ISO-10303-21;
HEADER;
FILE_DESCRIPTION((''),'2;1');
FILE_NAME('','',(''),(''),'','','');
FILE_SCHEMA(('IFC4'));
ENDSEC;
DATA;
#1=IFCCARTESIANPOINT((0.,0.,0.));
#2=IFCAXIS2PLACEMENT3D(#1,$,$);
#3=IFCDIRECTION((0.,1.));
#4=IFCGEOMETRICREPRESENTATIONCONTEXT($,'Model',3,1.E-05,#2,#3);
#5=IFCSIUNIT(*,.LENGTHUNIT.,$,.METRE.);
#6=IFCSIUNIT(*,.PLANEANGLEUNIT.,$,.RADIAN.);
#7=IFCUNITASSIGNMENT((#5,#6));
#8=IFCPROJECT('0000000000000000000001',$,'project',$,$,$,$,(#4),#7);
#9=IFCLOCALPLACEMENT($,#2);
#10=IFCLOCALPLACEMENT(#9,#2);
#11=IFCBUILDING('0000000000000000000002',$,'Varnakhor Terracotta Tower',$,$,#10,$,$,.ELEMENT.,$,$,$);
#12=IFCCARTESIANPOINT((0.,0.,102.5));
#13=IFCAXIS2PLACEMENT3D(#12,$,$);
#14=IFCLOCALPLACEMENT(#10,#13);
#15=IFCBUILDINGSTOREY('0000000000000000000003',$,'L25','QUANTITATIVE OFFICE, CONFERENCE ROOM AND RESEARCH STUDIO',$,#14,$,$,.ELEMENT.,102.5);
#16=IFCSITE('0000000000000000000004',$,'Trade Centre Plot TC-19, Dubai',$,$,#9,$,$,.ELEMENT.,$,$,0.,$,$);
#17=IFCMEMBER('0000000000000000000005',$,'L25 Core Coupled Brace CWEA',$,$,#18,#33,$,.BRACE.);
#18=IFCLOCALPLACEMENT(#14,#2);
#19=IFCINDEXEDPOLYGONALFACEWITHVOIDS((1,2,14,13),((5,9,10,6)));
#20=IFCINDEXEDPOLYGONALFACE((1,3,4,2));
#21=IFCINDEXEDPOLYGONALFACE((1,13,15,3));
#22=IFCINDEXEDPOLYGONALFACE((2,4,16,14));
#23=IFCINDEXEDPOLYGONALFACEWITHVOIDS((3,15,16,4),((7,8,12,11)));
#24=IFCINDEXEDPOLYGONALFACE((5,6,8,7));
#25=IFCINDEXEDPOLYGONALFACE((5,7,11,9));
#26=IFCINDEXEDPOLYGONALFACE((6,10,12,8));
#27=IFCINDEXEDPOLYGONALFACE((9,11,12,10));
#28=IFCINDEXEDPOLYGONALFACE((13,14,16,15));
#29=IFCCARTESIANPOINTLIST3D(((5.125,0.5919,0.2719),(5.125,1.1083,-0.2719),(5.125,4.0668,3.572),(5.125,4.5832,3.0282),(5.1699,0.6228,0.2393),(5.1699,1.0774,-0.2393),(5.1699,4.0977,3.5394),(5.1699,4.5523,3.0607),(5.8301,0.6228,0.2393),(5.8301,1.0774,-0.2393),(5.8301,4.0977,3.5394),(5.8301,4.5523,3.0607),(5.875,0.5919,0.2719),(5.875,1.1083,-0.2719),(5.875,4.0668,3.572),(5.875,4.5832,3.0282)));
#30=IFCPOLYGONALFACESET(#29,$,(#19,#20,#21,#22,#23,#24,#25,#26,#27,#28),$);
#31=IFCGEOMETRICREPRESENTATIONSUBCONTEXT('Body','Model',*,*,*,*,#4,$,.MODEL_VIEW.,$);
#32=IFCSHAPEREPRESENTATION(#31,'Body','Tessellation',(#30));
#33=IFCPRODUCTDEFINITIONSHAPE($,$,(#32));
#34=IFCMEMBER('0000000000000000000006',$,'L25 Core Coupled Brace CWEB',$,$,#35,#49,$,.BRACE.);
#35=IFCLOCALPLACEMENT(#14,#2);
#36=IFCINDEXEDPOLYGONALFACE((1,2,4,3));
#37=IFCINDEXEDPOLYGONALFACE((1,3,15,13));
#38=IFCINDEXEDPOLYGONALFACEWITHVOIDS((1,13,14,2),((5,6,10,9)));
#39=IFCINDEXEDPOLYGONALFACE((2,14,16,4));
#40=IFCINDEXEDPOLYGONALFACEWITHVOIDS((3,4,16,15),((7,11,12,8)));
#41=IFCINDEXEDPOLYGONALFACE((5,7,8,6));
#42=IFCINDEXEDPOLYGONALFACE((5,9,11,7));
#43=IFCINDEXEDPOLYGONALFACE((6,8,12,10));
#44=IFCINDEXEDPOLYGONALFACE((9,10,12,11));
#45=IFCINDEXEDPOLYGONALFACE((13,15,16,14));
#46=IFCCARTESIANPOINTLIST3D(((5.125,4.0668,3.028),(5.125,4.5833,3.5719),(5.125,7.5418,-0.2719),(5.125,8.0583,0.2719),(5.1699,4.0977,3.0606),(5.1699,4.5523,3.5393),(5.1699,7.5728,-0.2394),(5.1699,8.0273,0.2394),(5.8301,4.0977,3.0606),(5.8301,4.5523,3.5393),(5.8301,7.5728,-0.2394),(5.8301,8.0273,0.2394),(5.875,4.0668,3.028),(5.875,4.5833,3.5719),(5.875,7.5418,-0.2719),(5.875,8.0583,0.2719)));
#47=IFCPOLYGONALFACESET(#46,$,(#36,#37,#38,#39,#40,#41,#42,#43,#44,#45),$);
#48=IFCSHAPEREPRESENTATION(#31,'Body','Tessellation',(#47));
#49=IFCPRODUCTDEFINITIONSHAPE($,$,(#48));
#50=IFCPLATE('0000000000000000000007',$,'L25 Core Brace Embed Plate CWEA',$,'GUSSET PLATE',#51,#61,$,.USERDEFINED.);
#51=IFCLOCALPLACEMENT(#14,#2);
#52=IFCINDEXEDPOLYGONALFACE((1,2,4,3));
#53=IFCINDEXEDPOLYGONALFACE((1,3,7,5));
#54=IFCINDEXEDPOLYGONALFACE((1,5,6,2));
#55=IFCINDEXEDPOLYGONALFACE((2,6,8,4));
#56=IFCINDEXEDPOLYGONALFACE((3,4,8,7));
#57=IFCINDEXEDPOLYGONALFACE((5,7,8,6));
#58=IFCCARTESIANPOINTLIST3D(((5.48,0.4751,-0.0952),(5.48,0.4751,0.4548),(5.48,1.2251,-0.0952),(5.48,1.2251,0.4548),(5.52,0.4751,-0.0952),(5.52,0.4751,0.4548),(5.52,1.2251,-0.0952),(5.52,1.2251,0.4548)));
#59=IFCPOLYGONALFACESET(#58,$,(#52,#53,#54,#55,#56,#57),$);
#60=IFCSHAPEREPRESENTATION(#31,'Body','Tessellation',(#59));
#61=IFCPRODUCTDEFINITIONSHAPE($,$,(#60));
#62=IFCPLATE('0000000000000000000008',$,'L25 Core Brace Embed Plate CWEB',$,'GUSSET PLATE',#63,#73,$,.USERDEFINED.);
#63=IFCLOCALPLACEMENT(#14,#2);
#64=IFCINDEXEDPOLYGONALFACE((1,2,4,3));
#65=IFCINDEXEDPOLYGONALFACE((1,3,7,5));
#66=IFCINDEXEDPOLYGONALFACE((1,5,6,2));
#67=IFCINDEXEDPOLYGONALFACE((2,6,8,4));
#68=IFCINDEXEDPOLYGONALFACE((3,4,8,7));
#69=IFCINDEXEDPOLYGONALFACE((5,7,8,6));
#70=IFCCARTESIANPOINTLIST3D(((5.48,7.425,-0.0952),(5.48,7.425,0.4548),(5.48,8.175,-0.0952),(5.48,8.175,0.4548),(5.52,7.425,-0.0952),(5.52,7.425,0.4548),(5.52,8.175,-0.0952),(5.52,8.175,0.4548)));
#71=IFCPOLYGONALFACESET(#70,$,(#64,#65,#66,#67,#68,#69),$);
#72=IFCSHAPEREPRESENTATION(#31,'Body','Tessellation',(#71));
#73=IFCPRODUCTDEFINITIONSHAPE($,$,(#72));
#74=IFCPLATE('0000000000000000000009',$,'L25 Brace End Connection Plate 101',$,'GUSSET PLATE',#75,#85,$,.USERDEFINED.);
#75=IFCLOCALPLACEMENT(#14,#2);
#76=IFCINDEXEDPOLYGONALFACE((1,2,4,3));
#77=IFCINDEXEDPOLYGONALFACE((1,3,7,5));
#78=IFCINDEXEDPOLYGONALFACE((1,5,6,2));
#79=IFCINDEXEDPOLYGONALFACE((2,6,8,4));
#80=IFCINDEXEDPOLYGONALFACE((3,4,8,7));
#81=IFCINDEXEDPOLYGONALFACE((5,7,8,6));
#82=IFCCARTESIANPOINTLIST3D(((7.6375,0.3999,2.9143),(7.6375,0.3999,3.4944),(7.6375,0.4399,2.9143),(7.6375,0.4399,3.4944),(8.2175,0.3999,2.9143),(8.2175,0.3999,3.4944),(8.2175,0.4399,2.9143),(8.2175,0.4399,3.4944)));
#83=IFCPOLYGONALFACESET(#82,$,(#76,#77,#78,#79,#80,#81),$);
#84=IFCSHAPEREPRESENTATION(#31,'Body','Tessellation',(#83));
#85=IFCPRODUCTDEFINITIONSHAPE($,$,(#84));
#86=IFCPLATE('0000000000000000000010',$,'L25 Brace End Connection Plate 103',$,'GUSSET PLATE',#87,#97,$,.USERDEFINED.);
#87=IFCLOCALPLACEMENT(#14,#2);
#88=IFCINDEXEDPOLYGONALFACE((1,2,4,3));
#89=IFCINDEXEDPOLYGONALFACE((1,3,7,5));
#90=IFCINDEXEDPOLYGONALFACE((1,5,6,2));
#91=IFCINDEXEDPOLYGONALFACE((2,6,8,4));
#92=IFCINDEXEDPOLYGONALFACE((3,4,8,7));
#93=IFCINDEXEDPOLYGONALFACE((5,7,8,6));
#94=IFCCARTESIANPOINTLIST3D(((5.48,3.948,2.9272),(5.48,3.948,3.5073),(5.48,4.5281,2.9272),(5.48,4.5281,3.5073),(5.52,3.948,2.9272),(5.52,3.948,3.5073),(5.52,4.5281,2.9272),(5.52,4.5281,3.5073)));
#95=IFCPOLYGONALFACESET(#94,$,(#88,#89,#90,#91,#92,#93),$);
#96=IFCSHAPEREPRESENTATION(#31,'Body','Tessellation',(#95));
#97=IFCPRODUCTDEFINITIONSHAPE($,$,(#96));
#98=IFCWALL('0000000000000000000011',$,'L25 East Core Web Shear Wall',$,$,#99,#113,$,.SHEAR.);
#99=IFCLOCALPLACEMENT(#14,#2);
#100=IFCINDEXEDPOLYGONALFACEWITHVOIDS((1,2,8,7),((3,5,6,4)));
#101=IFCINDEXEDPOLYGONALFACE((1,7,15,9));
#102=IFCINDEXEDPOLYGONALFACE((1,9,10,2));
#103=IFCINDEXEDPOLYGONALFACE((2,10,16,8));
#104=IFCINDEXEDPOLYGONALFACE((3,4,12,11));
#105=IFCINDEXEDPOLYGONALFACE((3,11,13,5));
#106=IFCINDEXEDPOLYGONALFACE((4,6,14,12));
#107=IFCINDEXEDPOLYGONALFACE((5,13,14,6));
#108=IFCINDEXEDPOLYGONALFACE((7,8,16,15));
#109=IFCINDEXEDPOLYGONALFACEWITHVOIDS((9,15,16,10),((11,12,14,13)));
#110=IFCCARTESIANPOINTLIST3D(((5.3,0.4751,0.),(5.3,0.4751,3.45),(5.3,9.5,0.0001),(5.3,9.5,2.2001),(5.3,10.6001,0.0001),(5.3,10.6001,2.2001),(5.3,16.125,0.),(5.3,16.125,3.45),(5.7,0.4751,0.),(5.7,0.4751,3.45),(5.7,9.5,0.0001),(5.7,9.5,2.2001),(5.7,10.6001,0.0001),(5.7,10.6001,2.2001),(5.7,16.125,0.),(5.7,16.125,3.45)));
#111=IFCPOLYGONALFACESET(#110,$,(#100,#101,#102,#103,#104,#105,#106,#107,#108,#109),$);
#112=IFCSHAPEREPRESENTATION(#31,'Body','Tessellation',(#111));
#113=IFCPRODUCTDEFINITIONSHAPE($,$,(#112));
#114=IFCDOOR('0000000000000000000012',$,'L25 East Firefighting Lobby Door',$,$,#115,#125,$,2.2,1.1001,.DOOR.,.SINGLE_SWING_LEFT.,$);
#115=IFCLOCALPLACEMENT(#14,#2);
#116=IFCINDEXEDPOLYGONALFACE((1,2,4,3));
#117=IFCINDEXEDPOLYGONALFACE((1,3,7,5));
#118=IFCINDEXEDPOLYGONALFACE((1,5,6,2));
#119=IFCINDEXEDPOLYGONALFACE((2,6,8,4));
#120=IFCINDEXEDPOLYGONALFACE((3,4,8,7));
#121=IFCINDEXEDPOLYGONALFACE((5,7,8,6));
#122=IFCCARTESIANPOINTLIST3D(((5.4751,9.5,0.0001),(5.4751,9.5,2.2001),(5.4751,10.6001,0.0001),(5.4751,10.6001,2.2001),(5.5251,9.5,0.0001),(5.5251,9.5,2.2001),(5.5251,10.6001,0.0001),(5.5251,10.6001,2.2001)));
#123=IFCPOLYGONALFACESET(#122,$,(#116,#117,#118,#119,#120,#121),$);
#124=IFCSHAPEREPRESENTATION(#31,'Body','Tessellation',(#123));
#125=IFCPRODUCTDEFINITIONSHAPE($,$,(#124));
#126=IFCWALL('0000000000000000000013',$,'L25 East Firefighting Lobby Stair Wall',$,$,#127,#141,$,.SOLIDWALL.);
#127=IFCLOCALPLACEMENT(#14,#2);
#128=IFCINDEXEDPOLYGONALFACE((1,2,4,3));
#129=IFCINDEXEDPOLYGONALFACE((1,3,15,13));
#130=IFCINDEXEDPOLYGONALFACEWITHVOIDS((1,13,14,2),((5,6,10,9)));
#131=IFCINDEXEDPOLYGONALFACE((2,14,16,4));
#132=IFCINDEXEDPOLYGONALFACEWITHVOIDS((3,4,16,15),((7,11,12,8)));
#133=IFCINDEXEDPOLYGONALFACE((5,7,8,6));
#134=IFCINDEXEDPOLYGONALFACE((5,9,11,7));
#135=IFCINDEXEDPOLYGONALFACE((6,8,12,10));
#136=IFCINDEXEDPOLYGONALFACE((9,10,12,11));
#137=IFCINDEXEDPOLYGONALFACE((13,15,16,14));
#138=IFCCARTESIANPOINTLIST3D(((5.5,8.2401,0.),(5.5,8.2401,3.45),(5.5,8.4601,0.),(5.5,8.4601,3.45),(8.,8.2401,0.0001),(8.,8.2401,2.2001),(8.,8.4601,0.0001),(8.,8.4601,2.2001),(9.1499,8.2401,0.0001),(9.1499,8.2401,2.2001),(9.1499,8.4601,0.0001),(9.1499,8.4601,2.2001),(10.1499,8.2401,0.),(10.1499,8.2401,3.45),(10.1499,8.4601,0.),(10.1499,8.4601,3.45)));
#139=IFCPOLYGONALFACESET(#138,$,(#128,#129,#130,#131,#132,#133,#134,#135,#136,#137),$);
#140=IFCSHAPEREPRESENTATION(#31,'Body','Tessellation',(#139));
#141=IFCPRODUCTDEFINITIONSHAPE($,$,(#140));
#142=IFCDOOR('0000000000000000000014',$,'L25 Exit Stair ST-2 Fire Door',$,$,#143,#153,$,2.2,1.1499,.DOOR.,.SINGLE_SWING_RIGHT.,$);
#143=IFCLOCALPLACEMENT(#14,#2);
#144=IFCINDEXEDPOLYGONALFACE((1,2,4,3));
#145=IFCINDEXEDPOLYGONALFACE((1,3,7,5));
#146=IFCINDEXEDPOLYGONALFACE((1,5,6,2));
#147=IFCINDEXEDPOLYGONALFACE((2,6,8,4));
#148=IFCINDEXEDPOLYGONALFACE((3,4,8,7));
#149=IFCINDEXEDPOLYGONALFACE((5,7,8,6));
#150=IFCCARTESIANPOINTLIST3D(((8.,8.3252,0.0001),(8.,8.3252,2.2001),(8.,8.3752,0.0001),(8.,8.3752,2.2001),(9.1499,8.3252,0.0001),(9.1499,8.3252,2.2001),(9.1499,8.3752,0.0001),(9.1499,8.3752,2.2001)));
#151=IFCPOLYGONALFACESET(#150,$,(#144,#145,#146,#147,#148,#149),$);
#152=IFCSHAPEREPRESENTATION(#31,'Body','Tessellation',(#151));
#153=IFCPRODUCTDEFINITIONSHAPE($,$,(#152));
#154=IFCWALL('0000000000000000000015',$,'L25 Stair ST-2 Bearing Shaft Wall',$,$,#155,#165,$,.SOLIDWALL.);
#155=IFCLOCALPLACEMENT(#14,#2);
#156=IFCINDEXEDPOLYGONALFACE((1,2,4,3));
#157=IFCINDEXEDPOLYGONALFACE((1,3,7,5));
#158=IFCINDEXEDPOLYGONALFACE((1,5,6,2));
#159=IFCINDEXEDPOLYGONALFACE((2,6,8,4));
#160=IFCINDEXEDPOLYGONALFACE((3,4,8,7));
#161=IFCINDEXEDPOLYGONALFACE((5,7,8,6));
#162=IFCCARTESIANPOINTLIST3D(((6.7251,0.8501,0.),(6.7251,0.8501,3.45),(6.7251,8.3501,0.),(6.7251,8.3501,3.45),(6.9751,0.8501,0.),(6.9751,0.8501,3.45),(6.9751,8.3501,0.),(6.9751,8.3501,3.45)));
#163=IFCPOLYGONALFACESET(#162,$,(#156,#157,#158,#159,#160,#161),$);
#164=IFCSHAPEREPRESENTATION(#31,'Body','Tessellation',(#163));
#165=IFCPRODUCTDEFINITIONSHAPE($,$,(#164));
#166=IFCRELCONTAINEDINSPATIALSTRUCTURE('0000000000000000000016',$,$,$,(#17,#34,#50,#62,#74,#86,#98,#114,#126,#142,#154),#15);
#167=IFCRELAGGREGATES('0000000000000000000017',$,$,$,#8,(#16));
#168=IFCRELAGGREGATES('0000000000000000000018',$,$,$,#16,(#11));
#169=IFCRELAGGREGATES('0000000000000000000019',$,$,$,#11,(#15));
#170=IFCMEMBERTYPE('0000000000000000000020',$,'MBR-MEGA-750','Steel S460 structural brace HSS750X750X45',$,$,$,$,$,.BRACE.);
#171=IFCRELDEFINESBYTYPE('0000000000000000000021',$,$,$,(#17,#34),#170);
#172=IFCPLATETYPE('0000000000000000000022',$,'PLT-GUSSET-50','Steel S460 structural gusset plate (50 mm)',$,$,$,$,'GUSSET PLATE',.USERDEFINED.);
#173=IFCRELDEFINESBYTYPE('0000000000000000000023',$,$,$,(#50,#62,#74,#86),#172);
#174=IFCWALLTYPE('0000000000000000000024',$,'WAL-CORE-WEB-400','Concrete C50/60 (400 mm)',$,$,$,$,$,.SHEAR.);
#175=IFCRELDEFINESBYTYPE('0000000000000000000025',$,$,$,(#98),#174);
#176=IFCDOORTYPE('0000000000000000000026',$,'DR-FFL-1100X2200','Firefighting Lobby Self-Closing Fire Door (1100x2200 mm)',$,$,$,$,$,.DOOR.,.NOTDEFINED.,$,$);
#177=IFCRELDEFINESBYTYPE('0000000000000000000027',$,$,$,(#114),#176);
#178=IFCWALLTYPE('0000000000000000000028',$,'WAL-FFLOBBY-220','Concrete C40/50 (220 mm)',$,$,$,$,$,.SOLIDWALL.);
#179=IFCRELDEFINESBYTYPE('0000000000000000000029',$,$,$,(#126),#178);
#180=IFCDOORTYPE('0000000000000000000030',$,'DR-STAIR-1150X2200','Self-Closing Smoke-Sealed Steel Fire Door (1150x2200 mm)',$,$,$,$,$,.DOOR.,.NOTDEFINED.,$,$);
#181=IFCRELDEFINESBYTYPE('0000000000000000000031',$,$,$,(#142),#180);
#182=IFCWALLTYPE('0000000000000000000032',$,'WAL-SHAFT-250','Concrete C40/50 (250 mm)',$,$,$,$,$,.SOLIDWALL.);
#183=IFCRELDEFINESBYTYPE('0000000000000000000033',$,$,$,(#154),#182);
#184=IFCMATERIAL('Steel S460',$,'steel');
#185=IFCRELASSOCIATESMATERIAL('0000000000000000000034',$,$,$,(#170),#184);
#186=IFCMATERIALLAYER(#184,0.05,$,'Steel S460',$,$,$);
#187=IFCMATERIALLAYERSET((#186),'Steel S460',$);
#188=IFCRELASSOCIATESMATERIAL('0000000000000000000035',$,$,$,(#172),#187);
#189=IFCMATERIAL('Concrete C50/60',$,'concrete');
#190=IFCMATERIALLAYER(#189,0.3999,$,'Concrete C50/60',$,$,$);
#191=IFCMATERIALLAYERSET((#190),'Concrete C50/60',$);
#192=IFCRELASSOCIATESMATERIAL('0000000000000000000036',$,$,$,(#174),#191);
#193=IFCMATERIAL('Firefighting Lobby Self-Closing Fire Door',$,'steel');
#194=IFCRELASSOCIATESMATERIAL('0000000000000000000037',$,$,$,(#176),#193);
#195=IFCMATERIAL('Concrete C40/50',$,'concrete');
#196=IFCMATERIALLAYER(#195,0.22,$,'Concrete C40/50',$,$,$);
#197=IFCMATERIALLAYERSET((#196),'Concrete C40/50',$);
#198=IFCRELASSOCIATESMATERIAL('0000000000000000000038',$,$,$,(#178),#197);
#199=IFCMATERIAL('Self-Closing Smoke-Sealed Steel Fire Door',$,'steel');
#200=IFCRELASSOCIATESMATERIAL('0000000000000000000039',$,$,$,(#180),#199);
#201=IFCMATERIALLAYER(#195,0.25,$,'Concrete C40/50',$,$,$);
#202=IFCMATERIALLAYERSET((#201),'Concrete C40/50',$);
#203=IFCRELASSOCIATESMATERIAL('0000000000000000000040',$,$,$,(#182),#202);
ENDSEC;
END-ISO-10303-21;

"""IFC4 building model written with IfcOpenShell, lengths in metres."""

from ifc_helpers import new_model, si_unit, direction, frame, frame_2d, origin, origin_2d, place, context, subcontext, project, spatial, rectangle, hollow_rectangle, extrude, source, transform, mapped, material, layer, layer_set, material_profile, profile_set, type_object, type_shapes, element, fill, save


model = new_model("IFC4")

# Units and contexts
model_context = context("Model", 3, precision=1e-05, world=origin(), true_north=direction((0.0, 1.0)))
body_context = subcontext(model_context, "Body", "Model", "MODEL_VIEW")
ifc_project = project(units=[si_unit("LENGTHUNIT", "METRE"), si_unit("PLANEANGLEUNIT", "RADIAN")], contexts=[model_context])

# Site, building, storey
site_placement = place(None, origin())
site = spatial("IfcSite", under=ifc_project, at=site_placement, Name="Trade Centre Plot TC-19, Dubai", CompositionType="ELEMENT", RefElevation=0.0)
building_placement = place(site_placement, origin())
building = spatial("IfcBuilding", under=site, at=building_placement, Name="Varnakhor Terracotta Tower", CompositionType="ELEMENT")
storey_placement = place(building_placement, frame((0.0, 0.0, 102.5)))
storey = spatial("IfcBuildingStorey", under=building, at=storey_placement, Name="L25", Description="QUANTITATIVE OFFICE, CONFERENCE ROOM AND RESEARCH STUDIO", CompositionType="ELEMENT", Elevation=102.5)

# Members
ifc_material_1 = material(Name="Steel S460", Category="steel")
ifc_material_profile = material_profile(ifc_material_1, hollow_rectangle(XDim=0.75, YDim=0.75, WallThickness=0.0449, at=origin_2d()), Name="HSS750X750X45")
ifc_profile_set = profile_set([ifc_material_profile], Name="Steel S460")
member_type = type_object("IfcMemberType", Name="MBR-MEGA-750", Description="Steel S460 structural brace HSS750X750X45", PredefinedType="BRACE", material=ifc_profile_set)
shared_shape_1 = source(origin(), body_context, "Body", "SweptSolid", [
    extrude(hollow_rectangle(XDim=0.75, YDim=0.75, WallThickness=0.0449, at=origin_2d()), origin(), (0.0, 0.0, 1.0), 4.7922),
])
for number, where, z_axis, x_axis, name in (
    (1, (5.5, 0.8501, 0.0), (0.0, 0.72511, 0.688633), (-1.0, 0.0, 0.0), "L25 Core Coupled Brace CWEA"),
    (2, (5.5, 7.8, 0.0), (0.0, -0.725134, 0.688608), (1.0, 0.0, 0.0), "L25 Core Coupled Brace CWEB"),
):
    element("IfcMember", number, at=place(storey_placement, frame(where, z_axis=z_axis, x_axis=x_axis)), inside=storey, type_object=member_type, Name=name, PredefinedType="BRACE", context=body_context, shape_type="MappedRepresentation", body=[
        mapped(shared_shape_1, transform((0.0, 0.0, 0.0), scale=1.0)),
    ])

# Plates
ifc_layer_1 = layer(ifc_material_1, 0.05, Name="Steel S460")
ifc_layer_set_1 = layer_set([ifc_layer_1], Name="Steel S460")
plate_type = type_object("IfcPlateType", Name="PLT-GUSSET-50", Description="Steel S460 structural gusset plate (50 mm)", ElementType="GUSSET PLATE", PredefinedType="USERDEFINED", material=ifc_layer_set_1)
shared_shape_2 = source(origin(), body_context, "Body", "SweptSolid", [
    extrude(rectangle(XDim=0.75, YDim=0.04, at=origin_2d()), origin(), (0.0, 0.0, 1.0), 0.55),
])
type_shapes(plate_type, [shared_shape_2])
for number, where, z_axis, x_axis, name in (
    (3, (5.5, 0.8501, -0.0952), (0.0, 0.0, 1.0), (0.0, 1.0, 0.0), "L25 Core Brace Embed Plate CWEA"),
    (4, (5.5, 7.8, -0.0952), (0.0, 0.0, 1.0), (0.0, 1.0, 0.0), "L25 Core Brace Embed Plate CWEB"),
):
    element("IfcPlate", number, at=place(storey_placement, frame(where, z_axis=z_axis, x_axis=x_axis)), inside=storey, type_object=plate_type, Name=name, ObjectType="GUSSET PLATE", PredefinedType="USERDEFINED", context=body_context, shape_type="MappedRepresentation", body=[
        mapped(shared_shape_2, transform((0.0, 0.0, 0.0), scale=1.0)),
    ])
shared_shape_3 = source(origin(), body_context, "Body", "SweptSolid", [
    extrude(rectangle(XDim=0.5801, YDim=0.04, at=origin_2d()), origin(), (0.0, 0.0, 1.0), 0.5801),
])
for number, where, z_axis, x_axis, name in (
    (5, (7.9275, 0.4199, 2.9143), (0.0, 0.0, 1.0), (1.0, 0.0, 0.0), "L25 Brace End Connection Plate 101"),
    (6, (5.5, 4.238, 2.9272), (0.0, 0.0, 1.0), (0.0, 1.0, 0.0), "L25 Brace End Connection Plate 103"),
):
    element("IfcPlate", number, at=place(storey_placement, frame(where, z_axis=z_axis, x_axis=x_axis)), inside=storey, type_object=plate_type, Name=name, ObjectType="GUSSET PLATE", PredefinedType="USERDEFINED", context=body_context, shape_type="MappedRepresentation", body=[
        mapped(shared_shape_3, transform((0.0, 0.0, 0.0), scale=1.0)),
    ])

# Walls, openings, doors
ifc_material_2 = material(Name="Concrete C50/60", Category="concrete")
ifc_layer_2 = layer(ifc_material_2, 0.3999, Name="Concrete C50/60")
ifc_layer_set_2 = layer_set([ifc_layer_2], Name="Concrete C50/60")
wall_type_1 = type_object("IfcWallType", Name="WAL-CORE-WEB-400", Description="Concrete C50/60 (400 mm)", PredefinedType="SHEAR", material=ifc_layer_set_2)
wall_1_placement = place(storey_placement, frame((5.5, 0.4751, 0.0), z_axis=(0.0, 0.0, 1.0), x_axis=(0.0, 1.0, 0.0)))
wall_1 = element("IfcWall", 7, at=wall_1_placement, inside=storey, type_object=wall_type_1, Name="L25 East Core Web Shear Wall", PredefinedType="SHEAR", context=body_context, shape_type="SweptSolid", body=[
    extrude(rectangle(XDim=15.6499, YDim=0.3999, at=frame_2d((7.825, 0.0))), origin(), (0.0, 0.0, 1.0), 3.45),
])
opening_1_placement = place(wall_1_placement, frame((9.0249, 0.0, 0.0)))
opening_1 = element("IfcOpeningElement", 8, at=opening_1_placement, cuts=wall_1, PredefinedType="OPENING", context=body_context, shape_type="SweptSolid", body=[
    extrude(rectangle(XDim=1.1001, YDim=2.2, at=frame_2d((0.55, 1.1001))), frame((0.0, 0.21, 0.0), z_axis=(0.0, -1.0, 0.0), x_axis=(1.0, 0.0, 0.0)), (0.0, 0.0, 1.0), 0.4199),
])
ifc_material_3 = material(Name="Firefighting Lobby Self-Closing Fire Door", Category="steel")
door_type_1 = type_object("IfcDoorType", Name="DR-FFL-1100X2200", Description="Firefighting Lobby Self-Closing Fire Door (1100x2200 mm)", OperationType="NOTDEFINED", PredefinedType="DOOR", material=ifc_material_3)
shared_shape_4 = source(origin(), body_context, "Body", "SweptSolid", [
    extrude(rectangle(XDim=1.1001, YDim=2.2, at=frame_2d((0.55, 1.1001))), frame((0.0, 0.0249, 0.0), z_axis=(0.0, -1.0, 0.0), x_axis=(1.0, 0.0, 0.0)), (0.0, 0.0, 1.0), 0.05),
])
type_shapes(door_type_1, [shared_shape_4])
door_1_placement = place(opening_1_placement, origin())
door_1 = element("IfcDoor", 9, at=door_1_placement, inside=storey, type_object=door_type_1, Name="L25 East Firefighting Lobby Door", OperationType="SINGLE_SWING_LEFT", OverallHeight=2.2, OverallWidth=1.1001, PredefinedType="DOOR", context=body_context, shape_type="MappedRepresentation", body=[
    mapped(shared_shape_4, transform((0.0, 0.0, 0.0), scale=1.0)),
])
fill(opening_1, door_1)
ifc_material_4 = material(Name="Concrete C40/50", Category="concrete")
ifc_layer_3 = layer(ifc_material_4, 0.22, Name="Concrete C40/50")
ifc_layer_set_3 = layer_set([ifc_layer_3], Name="Concrete C40/50")
wall_type_2 = type_object("IfcWallType", Name="WAL-FFLOBBY-220", Description="Concrete C40/50 (220 mm)", PredefinedType="SOLIDWALL", material=ifc_layer_set_3)
wall_2_placement = place(storey_placement, frame((10.1499, 8.3501, 0.0), z_axis=(0.0, 0.0, 1.0), x_axis=(-1.0, 0.0, 0.0)))
wall_2 = element("IfcWall", 10, at=wall_2_placement, inside=storey, type_object=wall_type_2, Name="L25 East Firefighting Lobby Stair Wall", PredefinedType="SOLIDWALL", context=body_context, shape_type="SweptSolid", body=[
    extrude(rectangle(XDim=4.6499, YDim=0.22, at=frame_2d((2.325, 0.0))), origin(), (0.0, 0.0, 1.0), 3.45),
])
opening_2_placement = place(wall_2_placement, frame((1.0, 0.0, 0.0)))
opening_2 = element("IfcOpeningElement", 11, at=opening_2_placement, cuts=wall_2, PredefinedType="OPENING", context=body_context, shape_type="SweptSolid", body=[
    extrude(rectangle(XDim=1.1499, YDim=2.2, at=frame_2d((0.575, 1.1001))), frame((0.0, 0.1201, 0.0), z_axis=(0.0, -1.0, 0.0), x_axis=(1.0, 0.0, 0.0)), (0.0, 0.0, 1.0), 0.24),
])
ifc_material_5 = material(Name="Self-Closing Smoke-Sealed Steel Fire Door", Category="steel")
door_type_2 = type_object("IfcDoorType", Name="DR-STAIR-1150X2200", Description="Self-Closing Smoke-Sealed Steel Fire Door (1150x2200 mm)", OperationType="NOTDEFINED", PredefinedType="DOOR", material=ifc_material_5)
shared_shape_5 = source(origin(), body_context, "Body", "SweptSolid", [
    extrude(rectangle(XDim=1.1499, YDim=2.2, at=frame_2d((0.575, 1.1001))), frame((0.0, 0.0249, 0.0), z_axis=(0.0, -1.0, 0.0), x_axis=(1.0, 0.0, 0.0)), (0.0, 0.0, 1.0), 0.05),
])
type_shapes(door_type_2, [shared_shape_5])
door_2_placement = place(opening_2_placement, origin())
door_2 = element("IfcDoor", 12, at=door_2_placement, inside=storey, type_object=door_type_2, Name="L25 Exit Stair ST-2 Fire Door", OperationType="SINGLE_SWING_RIGHT", OverallHeight=2.2, OverallWidth=1.1499, PredefinedType="DOOR", context=body_context, shape_type="MappedRepresentation", body=[
    mapped(shared_shape_5, transform((0.0, 0.0, 0.0), scale=1.0)),
])
fill(opening_2, door_2)

# Wall
ifc_layer_4 = layer(ifc_material_4, 0.25, Name="Concrete C40/50")
ifc_layer_set_4 = layer_set([ifc_layer_4], Name="Concrete C40/50")
wall_type_3 = type_object("IfcWallType", Name="WAL-SHAFT-250", Description="Concrete C40/50 (250 mm)", PredefinedType="SOLIDWALL", material=ifc_layer_set_4)
wall_3_placement = place(storey_placement, frame((6.8501, 0.8501, 0.0), z_axis=(0.0, 0.0, 1.0), x_axis=(0.0, 1.0, 0.0)))
element("IfcWall", 13, at=wall_3_placement, inside=storey, type_object=wall_type_3, Name="L25 Stair ST-2 Bearing Shaft Wall", PredefinedType="SOLIDWALL", context=body_context, shape_type="SweptSolid", body=[
    extrude(rectangle(XDim=7.5, YDim=0.25, at=frame_2d((3.75, 0.0))), origin(), (0.0, 0.0, 1.0), 3.45),
])

save(model, "model.ifc")
